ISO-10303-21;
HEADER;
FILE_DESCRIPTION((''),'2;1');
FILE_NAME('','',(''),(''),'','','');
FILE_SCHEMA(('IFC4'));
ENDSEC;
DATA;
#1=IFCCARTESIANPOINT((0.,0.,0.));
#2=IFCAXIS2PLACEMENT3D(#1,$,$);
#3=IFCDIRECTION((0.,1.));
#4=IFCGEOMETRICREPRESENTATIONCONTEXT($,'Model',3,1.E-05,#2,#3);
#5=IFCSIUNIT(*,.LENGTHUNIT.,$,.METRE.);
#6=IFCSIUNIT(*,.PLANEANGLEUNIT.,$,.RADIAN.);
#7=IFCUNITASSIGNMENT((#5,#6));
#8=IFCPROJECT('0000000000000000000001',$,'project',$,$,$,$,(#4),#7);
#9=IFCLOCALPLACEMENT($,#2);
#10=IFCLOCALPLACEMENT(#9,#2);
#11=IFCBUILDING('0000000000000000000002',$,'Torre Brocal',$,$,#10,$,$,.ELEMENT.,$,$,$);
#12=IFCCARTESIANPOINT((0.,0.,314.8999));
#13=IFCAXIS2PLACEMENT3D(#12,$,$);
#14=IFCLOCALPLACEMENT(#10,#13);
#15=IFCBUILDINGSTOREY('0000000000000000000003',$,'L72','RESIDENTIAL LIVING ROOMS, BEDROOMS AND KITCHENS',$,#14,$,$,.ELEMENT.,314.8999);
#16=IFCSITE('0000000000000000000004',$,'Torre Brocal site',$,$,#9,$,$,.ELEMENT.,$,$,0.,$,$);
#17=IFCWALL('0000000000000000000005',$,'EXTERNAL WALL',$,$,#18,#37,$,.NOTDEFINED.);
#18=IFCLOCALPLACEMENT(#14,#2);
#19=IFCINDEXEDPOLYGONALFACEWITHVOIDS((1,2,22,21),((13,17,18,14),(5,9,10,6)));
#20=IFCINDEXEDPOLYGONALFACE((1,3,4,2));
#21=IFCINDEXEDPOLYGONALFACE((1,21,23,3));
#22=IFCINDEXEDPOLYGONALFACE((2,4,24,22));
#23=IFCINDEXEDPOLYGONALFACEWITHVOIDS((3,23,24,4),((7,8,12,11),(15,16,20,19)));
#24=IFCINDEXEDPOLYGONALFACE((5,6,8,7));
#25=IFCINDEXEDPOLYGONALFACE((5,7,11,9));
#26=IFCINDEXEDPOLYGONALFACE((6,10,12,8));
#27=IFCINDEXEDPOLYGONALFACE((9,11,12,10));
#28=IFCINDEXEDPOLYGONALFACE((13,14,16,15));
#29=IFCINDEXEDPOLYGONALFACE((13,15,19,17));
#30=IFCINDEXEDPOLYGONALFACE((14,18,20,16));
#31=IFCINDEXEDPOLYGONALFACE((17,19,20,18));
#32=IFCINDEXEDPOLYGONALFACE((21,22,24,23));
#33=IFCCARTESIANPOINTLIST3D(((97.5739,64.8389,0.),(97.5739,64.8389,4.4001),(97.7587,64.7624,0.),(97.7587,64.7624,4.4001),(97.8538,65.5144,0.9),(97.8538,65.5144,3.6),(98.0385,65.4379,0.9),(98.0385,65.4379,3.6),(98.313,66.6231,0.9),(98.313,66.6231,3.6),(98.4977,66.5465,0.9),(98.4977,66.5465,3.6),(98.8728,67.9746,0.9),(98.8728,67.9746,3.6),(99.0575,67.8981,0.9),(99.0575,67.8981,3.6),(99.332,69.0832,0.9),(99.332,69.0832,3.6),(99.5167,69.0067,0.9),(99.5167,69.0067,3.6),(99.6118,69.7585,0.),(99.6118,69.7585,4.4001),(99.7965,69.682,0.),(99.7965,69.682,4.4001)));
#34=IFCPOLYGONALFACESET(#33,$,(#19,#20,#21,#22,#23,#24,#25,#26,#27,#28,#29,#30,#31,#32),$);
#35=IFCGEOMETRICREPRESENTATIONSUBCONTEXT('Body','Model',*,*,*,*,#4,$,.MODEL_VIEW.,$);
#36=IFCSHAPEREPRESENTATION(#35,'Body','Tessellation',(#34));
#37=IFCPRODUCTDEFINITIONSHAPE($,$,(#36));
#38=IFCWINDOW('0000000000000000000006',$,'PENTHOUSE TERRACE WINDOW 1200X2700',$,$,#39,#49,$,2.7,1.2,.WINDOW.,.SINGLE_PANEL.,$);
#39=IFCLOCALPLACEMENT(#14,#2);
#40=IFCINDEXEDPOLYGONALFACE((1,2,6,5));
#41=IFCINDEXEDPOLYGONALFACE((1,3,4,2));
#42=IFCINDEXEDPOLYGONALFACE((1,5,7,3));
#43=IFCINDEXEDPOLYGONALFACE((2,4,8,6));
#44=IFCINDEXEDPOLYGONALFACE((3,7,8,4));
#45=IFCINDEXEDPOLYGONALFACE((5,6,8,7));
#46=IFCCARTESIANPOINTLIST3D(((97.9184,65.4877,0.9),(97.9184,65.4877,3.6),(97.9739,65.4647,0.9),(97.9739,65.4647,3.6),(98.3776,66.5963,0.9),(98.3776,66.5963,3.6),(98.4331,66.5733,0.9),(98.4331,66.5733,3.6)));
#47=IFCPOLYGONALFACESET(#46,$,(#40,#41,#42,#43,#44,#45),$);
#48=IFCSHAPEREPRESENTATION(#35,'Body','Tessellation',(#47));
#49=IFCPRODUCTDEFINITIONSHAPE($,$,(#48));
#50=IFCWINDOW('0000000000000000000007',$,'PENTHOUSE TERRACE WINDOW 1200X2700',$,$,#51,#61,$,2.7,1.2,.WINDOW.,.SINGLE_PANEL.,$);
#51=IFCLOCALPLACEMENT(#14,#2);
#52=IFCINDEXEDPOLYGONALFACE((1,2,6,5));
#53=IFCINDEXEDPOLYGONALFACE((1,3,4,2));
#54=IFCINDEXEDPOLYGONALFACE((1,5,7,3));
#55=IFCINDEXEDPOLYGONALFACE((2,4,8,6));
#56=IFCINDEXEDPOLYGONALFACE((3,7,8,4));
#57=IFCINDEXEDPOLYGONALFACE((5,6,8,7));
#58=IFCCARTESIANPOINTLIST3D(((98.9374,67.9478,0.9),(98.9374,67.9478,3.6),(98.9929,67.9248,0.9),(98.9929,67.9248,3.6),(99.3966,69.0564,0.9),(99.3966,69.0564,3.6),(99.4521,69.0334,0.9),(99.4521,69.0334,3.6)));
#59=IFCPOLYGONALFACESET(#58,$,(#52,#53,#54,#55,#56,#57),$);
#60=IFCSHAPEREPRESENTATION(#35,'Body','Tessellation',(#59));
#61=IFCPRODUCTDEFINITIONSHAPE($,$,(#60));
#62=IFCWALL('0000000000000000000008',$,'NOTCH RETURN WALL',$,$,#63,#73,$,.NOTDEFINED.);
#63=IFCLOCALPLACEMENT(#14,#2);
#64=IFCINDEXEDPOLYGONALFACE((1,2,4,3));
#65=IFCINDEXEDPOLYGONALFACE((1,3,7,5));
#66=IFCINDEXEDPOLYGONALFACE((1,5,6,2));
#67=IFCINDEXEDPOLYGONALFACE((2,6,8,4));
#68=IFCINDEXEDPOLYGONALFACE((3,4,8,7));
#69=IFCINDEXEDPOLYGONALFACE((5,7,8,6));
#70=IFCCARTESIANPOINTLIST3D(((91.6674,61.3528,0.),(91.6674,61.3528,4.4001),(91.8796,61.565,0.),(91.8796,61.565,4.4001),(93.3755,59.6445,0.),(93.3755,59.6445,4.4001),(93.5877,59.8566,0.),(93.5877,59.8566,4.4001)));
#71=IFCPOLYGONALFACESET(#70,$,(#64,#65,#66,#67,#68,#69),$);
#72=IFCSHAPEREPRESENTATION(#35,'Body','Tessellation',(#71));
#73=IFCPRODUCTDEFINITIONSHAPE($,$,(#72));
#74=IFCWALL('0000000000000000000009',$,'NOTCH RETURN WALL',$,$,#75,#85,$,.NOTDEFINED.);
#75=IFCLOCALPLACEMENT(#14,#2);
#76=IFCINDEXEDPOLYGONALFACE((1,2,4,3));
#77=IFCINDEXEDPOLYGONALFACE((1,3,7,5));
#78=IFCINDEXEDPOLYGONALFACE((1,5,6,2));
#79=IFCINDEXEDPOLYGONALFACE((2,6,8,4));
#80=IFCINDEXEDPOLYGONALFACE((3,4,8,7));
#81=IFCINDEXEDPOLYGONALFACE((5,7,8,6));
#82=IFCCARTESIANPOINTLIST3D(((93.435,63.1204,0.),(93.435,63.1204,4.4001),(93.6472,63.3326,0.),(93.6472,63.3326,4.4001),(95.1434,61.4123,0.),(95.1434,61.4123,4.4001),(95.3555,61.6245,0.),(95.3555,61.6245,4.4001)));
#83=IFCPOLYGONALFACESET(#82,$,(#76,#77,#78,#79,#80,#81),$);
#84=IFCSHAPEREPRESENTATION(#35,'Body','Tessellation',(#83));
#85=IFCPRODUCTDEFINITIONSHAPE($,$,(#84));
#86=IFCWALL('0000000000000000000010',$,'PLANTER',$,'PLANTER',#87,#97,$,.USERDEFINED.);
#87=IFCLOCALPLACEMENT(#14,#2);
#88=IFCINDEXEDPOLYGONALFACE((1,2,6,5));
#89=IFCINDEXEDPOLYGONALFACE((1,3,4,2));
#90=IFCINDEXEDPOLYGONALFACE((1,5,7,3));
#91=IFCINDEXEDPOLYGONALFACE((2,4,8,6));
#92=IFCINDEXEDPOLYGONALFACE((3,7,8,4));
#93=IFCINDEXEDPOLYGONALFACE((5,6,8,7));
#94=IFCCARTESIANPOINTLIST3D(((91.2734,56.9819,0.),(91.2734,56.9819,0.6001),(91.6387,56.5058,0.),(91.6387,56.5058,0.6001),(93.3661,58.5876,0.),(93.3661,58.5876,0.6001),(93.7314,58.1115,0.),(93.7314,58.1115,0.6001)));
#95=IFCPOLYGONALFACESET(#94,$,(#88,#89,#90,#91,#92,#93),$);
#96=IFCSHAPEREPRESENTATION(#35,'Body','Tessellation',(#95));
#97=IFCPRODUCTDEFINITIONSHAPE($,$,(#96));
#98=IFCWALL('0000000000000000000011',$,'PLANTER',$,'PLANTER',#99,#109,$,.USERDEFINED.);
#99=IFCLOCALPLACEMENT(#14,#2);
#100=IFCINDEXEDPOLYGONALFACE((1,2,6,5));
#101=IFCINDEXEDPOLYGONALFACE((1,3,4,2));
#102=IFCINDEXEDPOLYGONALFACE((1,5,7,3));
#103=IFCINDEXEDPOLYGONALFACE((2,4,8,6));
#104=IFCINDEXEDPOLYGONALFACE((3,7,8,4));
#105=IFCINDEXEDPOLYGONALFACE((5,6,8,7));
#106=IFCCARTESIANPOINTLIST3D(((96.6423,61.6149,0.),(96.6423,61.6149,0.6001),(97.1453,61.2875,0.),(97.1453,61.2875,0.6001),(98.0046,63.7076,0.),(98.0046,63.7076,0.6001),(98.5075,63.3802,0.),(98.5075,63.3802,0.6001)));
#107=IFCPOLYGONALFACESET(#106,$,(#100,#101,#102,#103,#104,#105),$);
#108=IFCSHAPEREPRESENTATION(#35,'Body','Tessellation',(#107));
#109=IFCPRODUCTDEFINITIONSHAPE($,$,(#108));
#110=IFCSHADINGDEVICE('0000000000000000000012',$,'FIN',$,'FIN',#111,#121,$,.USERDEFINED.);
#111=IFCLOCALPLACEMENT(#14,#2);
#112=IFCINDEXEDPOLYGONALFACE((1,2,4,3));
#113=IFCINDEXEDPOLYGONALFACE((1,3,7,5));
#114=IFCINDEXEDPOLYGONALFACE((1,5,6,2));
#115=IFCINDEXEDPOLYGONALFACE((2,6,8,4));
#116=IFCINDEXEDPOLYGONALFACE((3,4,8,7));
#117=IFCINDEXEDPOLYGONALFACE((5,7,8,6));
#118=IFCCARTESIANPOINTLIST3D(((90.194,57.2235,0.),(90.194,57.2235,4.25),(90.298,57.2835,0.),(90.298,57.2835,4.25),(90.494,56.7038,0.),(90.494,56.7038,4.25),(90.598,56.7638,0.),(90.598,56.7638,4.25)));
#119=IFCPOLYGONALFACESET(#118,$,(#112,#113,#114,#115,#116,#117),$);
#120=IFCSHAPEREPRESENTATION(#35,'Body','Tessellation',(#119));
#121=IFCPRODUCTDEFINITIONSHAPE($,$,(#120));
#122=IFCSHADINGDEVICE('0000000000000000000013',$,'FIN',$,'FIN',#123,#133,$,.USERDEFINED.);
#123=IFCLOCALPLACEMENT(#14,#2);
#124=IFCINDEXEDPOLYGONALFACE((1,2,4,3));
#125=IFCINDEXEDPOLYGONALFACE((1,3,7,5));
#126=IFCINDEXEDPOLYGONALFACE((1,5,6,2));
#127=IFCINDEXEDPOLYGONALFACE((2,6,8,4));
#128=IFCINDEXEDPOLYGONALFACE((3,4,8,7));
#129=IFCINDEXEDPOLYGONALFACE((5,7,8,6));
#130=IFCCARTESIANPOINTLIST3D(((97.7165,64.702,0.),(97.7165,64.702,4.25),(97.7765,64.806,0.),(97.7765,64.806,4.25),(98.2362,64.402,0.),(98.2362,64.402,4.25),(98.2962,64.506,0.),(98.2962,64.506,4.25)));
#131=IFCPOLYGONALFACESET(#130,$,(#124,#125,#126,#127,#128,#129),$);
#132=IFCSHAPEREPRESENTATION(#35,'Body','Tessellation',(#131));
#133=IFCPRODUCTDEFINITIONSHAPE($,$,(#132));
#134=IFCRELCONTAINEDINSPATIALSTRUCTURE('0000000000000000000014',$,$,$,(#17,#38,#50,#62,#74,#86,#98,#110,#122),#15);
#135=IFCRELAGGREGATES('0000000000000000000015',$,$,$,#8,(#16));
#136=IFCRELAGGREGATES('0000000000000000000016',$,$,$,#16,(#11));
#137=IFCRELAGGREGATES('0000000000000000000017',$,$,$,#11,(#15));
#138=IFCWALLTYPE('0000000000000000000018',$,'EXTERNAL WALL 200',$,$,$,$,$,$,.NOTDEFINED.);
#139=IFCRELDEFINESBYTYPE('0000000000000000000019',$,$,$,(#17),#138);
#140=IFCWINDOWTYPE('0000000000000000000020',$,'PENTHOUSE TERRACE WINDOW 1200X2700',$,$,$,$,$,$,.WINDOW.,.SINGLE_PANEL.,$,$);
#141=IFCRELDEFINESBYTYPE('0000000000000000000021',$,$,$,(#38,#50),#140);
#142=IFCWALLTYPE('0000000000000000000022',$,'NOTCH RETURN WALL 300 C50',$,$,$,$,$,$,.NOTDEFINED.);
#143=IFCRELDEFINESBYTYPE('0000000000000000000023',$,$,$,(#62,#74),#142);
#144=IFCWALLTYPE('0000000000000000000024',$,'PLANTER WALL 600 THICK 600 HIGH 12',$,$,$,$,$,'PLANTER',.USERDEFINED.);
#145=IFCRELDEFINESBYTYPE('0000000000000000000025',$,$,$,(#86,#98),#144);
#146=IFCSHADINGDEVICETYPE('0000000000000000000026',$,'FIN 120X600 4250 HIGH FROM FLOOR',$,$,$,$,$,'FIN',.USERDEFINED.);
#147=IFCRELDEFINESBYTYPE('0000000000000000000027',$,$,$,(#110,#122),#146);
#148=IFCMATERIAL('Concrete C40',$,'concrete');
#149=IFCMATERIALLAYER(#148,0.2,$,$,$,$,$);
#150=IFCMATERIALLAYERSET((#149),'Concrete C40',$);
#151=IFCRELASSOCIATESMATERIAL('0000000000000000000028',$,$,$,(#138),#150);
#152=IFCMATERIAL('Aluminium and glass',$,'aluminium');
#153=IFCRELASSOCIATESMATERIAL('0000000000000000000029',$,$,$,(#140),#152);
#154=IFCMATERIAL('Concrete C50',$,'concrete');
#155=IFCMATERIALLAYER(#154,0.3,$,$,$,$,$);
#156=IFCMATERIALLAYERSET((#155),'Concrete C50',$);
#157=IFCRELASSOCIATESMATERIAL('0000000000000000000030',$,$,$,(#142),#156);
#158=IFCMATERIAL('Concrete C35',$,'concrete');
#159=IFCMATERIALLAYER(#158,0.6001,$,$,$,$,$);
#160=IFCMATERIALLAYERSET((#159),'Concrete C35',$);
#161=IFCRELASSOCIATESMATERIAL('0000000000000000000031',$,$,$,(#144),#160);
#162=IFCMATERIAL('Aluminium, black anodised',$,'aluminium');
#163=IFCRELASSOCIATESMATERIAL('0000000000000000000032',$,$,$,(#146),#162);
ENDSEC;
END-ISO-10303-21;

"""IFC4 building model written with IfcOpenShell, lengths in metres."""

from ifc_helpers import new_model, si_unit, direction, frame, frame_2d, origin, origin_2d, place, context, subcontext, project, spatial, rectangle, extrude, material, layer, layer_set, material_profile, profile_set, type_object, element, fill, save


model = new_model("IFC4")

# Units and contexts
model_context = context("Model", 3, precision=1e-05, world=origin(), true_north=direction((0.0, 1.0)))
body_context = subcontext(model_context, "Body", "Model", "MODEL_VIEW")
ifc_project = project(units=[si_unit("LENGTHUNIT", "METRE"), si_unit("PLANEANGLEUNIT", "RADIAN")], contexts=[model_context])

# Site, building, storey
site_placement = place(None, origin())
site = spatial("IfcSite", under=ifc_project, at=site_placement, Name="Torre Brocal site", CompositionType="ELEMENT", RefElevation=0.0)
building_placement = place(site_placement, origin())
building = spatial("IfcBuilding", under=site, at=building_placement, Name="Torre Brocal", CompositionType="ELEMENT")
storey_placement = place(building_placement, frame((0.0, 0.0, 314.8999)))
storey = spatial("IfcBuildingStorey", under=building, at=storey_placement, Name="L72", Description="RESIDENTIAL LIVING ROOMS, BEDROOMS AND KITCHENS", CompositionType="ELEMENT", Elevation=314.8999)

# Wall, openings, windows
ifc_material_1 = material(Name="Concrete C40", Category="concrete")
ifc_layer_1 = layer(ifc_material_1, 0.2)
ifc_layer_set_1 = layer_set([ifc_layer_1], Name="Concrete C40")
wall_type_1 = type_object("IfcWallType", Name="EXTERNAL WALL 200", PredefinedType="NOTDEFINED", material=ifc_layer_set_1)
wall_1_placement = place(storey_placement, frame((97.6663, 64.8005, 0.0), z_axis=(0.0, 0.0, 1.0), x_axis=(0.382691, 0.923877, 0.0)))
wall_1 = element("IfcWall", 1, at=wall_1_placement, inside=storey, type_object=wall_type_1, Name="EXTERNAL WALL", PredefinedType="NOTDEFINED", context=body_context, shape_type="SweptSolid", body=[
    extrude(rectangle(XDim=5.325, YDim=0.2, at=frame_2d((2.6626, 0.0))), origin(), (0.0, 0.0, 1.0), 4.4001),
])
opening_1_placement = place(wall_1_placement, frame((0.7312, 0.0, 0.8999)))
opening_1 = element("IfcOpeningElement", 2, at=opening_1_placement, cuts=wall_1, PredefinedType="OPENING", context=body_context, shape_type="SweptSolid", body=[
    extrude(rectangle(XDim=1.2, YDim=2.7, at=frame_2d((0.6001, 1.3501))), frame((0.0, 0.1099, 0.0), z_axis=(0.0, -1.0, 0.0), x_axis=(1.0, 0.0, 0.0)), (0.0, 0.0, 1.0), 0.22),
])
opening_2_placement = place(wall_1_placement, frame((3.394, 0.0, 0.8999)))
opening_2 = element("IfcOpeningElement", 3, at=opening_2_placement, cuts=wall_1, PredefinedType="OPENING", context=body_context, shape_type="SweptSolid", body=[
    extrude(rectangle(XDim=1.2, YDim=2.7, at=frame_2d((0.6001, 1.3501))), frame((0.0, 0.1099, 0.0), z_axis=(0.0, -1.0, 0.0), x_axis=(1.0, 0.0, 0.0)), (0.0, 0.0, 1.0), 0.22),
])
ifc_material_2 = material(Name="Aluminium and glass", Category="aluminium")
window_type = type_object("IfcWindowType", Name="PENTHOUSE TERRACE WINDOW 1200X2700", PartitioningType="SINGLE_PANEL", PredefinedType="WINDOW", material=ifc_material_2)
window_1_placement = place(opening_1_placement, origin())
window_1 = element("IfcWindow", 4, at=window_1_placement, inside=storey, type_object=window_type, Name="PENTHOUSE TERRACE WINDOW 1200X2700", OverallHeight=2.7, OverallWidth=1.2, PartitioningType="SINGLE_PANEL", PredefinedType="WINDOW", context=body_context, shape_type="SweptSolid", body=[
    extrude(rectangle(XDim=1.2, YDim=2.7, at=frame_2d((0.6001, 1.3501))), frame((0.0, 0.03, 0.0), z_axis=(0.0, -1.0, 0.0), x_axis=(1.0, 0.0, 0.0)), (0.0, 0.0, 1.0), 0.0601),
])
fill(opening_1, window_1)
window_2_placement = place(opening_2_placement, origin())
window_2 = element("IfcWindow", 5, at=window_2_placement, inside=storey, type_object=window_type, Name="PENTHOUSE TERRACE WINDOW 1200X2700", OverallHeight=2.7, OverallWidth=1.2, PartitioningType="SINGLE_PANEL", PredefinedType="WINDOW", context=body_context, shape_type="SweptSolid", body=[
    extrude(rectangle(XDim=1.2, YDim=2.7, at=frame_2d((0.6001, 1.3501))), frame((0.0, 0.03, 0.0), z_axis=(0.0, -1.0, 0.0), x_axis=(1.0, 0.0, 0.0)), (0.0, 0.0, 1.0), 0.0601),
])
fill(opening_2, window_2)

# Walls
ifc_material_3 = material(Name="Concrete C50", Category="concrete")
ifc_layer_2 = layer(ifc_material_3, 0.3)
ifc_layer_set_2 = layer_set([ifc_layer_2], Name="Concrete C50")
wall_type_2 = type_object("IfcWallType", Name="NOTCH RETURN WALL 300 C50", PredefinedType="NOTDEFINED", material=ifc_layer_set_2)
for number, where, z_axis, x_axis, name in (
    (6, (91.7734, 61.459, 0.0), (0.0, 0.0, 1.0), (0.707056, -0.707157, 0.0), "NOTCH RETURN WALL"),
    (7, (93.541, 63.2266, 0.0), (0.0, 0.0, 1.0), (0.707157, -0.707056, 0.0), "NOTCH RETURN WALL"),
):
    element("IfcWall", number, at=place(storey_placement, frame(where, z_axis=z_axis, x_axis=x_axis)), inside=storey, type_object=wall_type_2, Name=name, PredefinedType="NOTDEFINED", context=body_context, shape_type="SweptSolid", body=[
        extrude(rectangle(XDim=2.4158, YDim=0.3, at=frame_2d((1.208, 0.0))), origin(), (0.0, 0.0, 1.0), 4.4001),
    ])
ifc_material_4 = material(Name="Concrete C35", Category="concrete")
ifc_layer_3 = layer(ifc_material_4, 0.6001)
ifc_layer_set_3 = layer_set([ifc_layer_3], Name="Concrete C35")
wall_type_3 = type_object("IfcWallType", Name="PLANTER WALL 600 THICK 600 HIGH 12", ElementType="PLANTER", PredefinedType="USERDEFINED", material=ifc_layer_set_3)
wall_2_placement = place(storey_placement, frame((91.4561, 56.7439, 0.0), z_axis=(0.0, 0.0, 1.0), x_axis=(0.793377, 0.608731, 0.0)))
element("IfcWall", 8, at=wall_2_placement, inside=storey, type_object=wall_type_3, Name="PLANTER", ObjectType="PLANTER", PredefinedType="USERDEFINED", context=body_context, shape_type="SweptSolid", body=[
    extrude(rectangle(XDim=2.6377, YDim=0.6001, at=frame_2d((1.3188, 0.0))), origin(), (0.0, 0.0, 1.0), 0.6001),
])
wall_3_placement = place(storey_placement, frame((96.8938, 61.4512, 0.0), z_axis=(0.0, 0.0, 1.0), x_axis=(0.545552, 0.838077, 0.0)))
element("IfcWall", 9, at=wall_3_placement, inside=storey, type_object=wall_type_3, Name="PLANTER", ObjectType="PLANTER", PredefinedType="USERDEFINED", context=body_context, shape_type="SweptSolid", body=[
    extrude(rectangle(XDim=2.4971, YDim=0.6001, at=frame_2d((1.2485, 0.0))), origin(), (0.0, 0.0, 1.0), 0.6001),
])

# Shading devices
ifc_material_5 = material(Name="Aluminium, black anodised", Category="aluminium")
ifc_material_profile_1 = material_profile(ifc_material_5, rectangle(XDim=0.1201, YDim=0.6001, at=origin_2d()), Name="FIN 120X600 4250 HIGH FROM FLOOR")
ifc_profile_set_1 = profile_set([ifc_material_profile_1], Name="Aluminium, black anodised")
shading_device_type = type_object("IfcShadingDeviceType", Name="FIN 120X600 4250 HIGH FROM FLOOR", ElementType="FIN", PredefinedType="USERDEFINED", material=ifc_profile_set_1)
for number, where, z_axis, x_axis, name in (
    (10, (90.396, 56.9937, 0.0), (0.0, 0.0, 1.0), (0.866025, 0.5, 0.0), "FIN"),
    (11, (98.0063, 64.604, 0.0), (0.0, 0.0, 1.0), (0.5, 0.866025, 0.0), "FIN"),
):
    element("IfcShadingDevice", number, at=place(storey_placement, frame(where, z_axis=z_axis, x_axis=x_axis)), inside=storey, type_object=shading_device_type, Name=name, ObjectType="FIN", PredefinedType="USERDEFINED", context=body_context, shape_type="SweptSolid", body=[
        extrude(rectangle(XDim=0.1201, YDim=0.6001, at=origin_2d()), origin(), (0.0, 0.0, 1.0), 4.25),
    ])

save(model, "model.ifc")
